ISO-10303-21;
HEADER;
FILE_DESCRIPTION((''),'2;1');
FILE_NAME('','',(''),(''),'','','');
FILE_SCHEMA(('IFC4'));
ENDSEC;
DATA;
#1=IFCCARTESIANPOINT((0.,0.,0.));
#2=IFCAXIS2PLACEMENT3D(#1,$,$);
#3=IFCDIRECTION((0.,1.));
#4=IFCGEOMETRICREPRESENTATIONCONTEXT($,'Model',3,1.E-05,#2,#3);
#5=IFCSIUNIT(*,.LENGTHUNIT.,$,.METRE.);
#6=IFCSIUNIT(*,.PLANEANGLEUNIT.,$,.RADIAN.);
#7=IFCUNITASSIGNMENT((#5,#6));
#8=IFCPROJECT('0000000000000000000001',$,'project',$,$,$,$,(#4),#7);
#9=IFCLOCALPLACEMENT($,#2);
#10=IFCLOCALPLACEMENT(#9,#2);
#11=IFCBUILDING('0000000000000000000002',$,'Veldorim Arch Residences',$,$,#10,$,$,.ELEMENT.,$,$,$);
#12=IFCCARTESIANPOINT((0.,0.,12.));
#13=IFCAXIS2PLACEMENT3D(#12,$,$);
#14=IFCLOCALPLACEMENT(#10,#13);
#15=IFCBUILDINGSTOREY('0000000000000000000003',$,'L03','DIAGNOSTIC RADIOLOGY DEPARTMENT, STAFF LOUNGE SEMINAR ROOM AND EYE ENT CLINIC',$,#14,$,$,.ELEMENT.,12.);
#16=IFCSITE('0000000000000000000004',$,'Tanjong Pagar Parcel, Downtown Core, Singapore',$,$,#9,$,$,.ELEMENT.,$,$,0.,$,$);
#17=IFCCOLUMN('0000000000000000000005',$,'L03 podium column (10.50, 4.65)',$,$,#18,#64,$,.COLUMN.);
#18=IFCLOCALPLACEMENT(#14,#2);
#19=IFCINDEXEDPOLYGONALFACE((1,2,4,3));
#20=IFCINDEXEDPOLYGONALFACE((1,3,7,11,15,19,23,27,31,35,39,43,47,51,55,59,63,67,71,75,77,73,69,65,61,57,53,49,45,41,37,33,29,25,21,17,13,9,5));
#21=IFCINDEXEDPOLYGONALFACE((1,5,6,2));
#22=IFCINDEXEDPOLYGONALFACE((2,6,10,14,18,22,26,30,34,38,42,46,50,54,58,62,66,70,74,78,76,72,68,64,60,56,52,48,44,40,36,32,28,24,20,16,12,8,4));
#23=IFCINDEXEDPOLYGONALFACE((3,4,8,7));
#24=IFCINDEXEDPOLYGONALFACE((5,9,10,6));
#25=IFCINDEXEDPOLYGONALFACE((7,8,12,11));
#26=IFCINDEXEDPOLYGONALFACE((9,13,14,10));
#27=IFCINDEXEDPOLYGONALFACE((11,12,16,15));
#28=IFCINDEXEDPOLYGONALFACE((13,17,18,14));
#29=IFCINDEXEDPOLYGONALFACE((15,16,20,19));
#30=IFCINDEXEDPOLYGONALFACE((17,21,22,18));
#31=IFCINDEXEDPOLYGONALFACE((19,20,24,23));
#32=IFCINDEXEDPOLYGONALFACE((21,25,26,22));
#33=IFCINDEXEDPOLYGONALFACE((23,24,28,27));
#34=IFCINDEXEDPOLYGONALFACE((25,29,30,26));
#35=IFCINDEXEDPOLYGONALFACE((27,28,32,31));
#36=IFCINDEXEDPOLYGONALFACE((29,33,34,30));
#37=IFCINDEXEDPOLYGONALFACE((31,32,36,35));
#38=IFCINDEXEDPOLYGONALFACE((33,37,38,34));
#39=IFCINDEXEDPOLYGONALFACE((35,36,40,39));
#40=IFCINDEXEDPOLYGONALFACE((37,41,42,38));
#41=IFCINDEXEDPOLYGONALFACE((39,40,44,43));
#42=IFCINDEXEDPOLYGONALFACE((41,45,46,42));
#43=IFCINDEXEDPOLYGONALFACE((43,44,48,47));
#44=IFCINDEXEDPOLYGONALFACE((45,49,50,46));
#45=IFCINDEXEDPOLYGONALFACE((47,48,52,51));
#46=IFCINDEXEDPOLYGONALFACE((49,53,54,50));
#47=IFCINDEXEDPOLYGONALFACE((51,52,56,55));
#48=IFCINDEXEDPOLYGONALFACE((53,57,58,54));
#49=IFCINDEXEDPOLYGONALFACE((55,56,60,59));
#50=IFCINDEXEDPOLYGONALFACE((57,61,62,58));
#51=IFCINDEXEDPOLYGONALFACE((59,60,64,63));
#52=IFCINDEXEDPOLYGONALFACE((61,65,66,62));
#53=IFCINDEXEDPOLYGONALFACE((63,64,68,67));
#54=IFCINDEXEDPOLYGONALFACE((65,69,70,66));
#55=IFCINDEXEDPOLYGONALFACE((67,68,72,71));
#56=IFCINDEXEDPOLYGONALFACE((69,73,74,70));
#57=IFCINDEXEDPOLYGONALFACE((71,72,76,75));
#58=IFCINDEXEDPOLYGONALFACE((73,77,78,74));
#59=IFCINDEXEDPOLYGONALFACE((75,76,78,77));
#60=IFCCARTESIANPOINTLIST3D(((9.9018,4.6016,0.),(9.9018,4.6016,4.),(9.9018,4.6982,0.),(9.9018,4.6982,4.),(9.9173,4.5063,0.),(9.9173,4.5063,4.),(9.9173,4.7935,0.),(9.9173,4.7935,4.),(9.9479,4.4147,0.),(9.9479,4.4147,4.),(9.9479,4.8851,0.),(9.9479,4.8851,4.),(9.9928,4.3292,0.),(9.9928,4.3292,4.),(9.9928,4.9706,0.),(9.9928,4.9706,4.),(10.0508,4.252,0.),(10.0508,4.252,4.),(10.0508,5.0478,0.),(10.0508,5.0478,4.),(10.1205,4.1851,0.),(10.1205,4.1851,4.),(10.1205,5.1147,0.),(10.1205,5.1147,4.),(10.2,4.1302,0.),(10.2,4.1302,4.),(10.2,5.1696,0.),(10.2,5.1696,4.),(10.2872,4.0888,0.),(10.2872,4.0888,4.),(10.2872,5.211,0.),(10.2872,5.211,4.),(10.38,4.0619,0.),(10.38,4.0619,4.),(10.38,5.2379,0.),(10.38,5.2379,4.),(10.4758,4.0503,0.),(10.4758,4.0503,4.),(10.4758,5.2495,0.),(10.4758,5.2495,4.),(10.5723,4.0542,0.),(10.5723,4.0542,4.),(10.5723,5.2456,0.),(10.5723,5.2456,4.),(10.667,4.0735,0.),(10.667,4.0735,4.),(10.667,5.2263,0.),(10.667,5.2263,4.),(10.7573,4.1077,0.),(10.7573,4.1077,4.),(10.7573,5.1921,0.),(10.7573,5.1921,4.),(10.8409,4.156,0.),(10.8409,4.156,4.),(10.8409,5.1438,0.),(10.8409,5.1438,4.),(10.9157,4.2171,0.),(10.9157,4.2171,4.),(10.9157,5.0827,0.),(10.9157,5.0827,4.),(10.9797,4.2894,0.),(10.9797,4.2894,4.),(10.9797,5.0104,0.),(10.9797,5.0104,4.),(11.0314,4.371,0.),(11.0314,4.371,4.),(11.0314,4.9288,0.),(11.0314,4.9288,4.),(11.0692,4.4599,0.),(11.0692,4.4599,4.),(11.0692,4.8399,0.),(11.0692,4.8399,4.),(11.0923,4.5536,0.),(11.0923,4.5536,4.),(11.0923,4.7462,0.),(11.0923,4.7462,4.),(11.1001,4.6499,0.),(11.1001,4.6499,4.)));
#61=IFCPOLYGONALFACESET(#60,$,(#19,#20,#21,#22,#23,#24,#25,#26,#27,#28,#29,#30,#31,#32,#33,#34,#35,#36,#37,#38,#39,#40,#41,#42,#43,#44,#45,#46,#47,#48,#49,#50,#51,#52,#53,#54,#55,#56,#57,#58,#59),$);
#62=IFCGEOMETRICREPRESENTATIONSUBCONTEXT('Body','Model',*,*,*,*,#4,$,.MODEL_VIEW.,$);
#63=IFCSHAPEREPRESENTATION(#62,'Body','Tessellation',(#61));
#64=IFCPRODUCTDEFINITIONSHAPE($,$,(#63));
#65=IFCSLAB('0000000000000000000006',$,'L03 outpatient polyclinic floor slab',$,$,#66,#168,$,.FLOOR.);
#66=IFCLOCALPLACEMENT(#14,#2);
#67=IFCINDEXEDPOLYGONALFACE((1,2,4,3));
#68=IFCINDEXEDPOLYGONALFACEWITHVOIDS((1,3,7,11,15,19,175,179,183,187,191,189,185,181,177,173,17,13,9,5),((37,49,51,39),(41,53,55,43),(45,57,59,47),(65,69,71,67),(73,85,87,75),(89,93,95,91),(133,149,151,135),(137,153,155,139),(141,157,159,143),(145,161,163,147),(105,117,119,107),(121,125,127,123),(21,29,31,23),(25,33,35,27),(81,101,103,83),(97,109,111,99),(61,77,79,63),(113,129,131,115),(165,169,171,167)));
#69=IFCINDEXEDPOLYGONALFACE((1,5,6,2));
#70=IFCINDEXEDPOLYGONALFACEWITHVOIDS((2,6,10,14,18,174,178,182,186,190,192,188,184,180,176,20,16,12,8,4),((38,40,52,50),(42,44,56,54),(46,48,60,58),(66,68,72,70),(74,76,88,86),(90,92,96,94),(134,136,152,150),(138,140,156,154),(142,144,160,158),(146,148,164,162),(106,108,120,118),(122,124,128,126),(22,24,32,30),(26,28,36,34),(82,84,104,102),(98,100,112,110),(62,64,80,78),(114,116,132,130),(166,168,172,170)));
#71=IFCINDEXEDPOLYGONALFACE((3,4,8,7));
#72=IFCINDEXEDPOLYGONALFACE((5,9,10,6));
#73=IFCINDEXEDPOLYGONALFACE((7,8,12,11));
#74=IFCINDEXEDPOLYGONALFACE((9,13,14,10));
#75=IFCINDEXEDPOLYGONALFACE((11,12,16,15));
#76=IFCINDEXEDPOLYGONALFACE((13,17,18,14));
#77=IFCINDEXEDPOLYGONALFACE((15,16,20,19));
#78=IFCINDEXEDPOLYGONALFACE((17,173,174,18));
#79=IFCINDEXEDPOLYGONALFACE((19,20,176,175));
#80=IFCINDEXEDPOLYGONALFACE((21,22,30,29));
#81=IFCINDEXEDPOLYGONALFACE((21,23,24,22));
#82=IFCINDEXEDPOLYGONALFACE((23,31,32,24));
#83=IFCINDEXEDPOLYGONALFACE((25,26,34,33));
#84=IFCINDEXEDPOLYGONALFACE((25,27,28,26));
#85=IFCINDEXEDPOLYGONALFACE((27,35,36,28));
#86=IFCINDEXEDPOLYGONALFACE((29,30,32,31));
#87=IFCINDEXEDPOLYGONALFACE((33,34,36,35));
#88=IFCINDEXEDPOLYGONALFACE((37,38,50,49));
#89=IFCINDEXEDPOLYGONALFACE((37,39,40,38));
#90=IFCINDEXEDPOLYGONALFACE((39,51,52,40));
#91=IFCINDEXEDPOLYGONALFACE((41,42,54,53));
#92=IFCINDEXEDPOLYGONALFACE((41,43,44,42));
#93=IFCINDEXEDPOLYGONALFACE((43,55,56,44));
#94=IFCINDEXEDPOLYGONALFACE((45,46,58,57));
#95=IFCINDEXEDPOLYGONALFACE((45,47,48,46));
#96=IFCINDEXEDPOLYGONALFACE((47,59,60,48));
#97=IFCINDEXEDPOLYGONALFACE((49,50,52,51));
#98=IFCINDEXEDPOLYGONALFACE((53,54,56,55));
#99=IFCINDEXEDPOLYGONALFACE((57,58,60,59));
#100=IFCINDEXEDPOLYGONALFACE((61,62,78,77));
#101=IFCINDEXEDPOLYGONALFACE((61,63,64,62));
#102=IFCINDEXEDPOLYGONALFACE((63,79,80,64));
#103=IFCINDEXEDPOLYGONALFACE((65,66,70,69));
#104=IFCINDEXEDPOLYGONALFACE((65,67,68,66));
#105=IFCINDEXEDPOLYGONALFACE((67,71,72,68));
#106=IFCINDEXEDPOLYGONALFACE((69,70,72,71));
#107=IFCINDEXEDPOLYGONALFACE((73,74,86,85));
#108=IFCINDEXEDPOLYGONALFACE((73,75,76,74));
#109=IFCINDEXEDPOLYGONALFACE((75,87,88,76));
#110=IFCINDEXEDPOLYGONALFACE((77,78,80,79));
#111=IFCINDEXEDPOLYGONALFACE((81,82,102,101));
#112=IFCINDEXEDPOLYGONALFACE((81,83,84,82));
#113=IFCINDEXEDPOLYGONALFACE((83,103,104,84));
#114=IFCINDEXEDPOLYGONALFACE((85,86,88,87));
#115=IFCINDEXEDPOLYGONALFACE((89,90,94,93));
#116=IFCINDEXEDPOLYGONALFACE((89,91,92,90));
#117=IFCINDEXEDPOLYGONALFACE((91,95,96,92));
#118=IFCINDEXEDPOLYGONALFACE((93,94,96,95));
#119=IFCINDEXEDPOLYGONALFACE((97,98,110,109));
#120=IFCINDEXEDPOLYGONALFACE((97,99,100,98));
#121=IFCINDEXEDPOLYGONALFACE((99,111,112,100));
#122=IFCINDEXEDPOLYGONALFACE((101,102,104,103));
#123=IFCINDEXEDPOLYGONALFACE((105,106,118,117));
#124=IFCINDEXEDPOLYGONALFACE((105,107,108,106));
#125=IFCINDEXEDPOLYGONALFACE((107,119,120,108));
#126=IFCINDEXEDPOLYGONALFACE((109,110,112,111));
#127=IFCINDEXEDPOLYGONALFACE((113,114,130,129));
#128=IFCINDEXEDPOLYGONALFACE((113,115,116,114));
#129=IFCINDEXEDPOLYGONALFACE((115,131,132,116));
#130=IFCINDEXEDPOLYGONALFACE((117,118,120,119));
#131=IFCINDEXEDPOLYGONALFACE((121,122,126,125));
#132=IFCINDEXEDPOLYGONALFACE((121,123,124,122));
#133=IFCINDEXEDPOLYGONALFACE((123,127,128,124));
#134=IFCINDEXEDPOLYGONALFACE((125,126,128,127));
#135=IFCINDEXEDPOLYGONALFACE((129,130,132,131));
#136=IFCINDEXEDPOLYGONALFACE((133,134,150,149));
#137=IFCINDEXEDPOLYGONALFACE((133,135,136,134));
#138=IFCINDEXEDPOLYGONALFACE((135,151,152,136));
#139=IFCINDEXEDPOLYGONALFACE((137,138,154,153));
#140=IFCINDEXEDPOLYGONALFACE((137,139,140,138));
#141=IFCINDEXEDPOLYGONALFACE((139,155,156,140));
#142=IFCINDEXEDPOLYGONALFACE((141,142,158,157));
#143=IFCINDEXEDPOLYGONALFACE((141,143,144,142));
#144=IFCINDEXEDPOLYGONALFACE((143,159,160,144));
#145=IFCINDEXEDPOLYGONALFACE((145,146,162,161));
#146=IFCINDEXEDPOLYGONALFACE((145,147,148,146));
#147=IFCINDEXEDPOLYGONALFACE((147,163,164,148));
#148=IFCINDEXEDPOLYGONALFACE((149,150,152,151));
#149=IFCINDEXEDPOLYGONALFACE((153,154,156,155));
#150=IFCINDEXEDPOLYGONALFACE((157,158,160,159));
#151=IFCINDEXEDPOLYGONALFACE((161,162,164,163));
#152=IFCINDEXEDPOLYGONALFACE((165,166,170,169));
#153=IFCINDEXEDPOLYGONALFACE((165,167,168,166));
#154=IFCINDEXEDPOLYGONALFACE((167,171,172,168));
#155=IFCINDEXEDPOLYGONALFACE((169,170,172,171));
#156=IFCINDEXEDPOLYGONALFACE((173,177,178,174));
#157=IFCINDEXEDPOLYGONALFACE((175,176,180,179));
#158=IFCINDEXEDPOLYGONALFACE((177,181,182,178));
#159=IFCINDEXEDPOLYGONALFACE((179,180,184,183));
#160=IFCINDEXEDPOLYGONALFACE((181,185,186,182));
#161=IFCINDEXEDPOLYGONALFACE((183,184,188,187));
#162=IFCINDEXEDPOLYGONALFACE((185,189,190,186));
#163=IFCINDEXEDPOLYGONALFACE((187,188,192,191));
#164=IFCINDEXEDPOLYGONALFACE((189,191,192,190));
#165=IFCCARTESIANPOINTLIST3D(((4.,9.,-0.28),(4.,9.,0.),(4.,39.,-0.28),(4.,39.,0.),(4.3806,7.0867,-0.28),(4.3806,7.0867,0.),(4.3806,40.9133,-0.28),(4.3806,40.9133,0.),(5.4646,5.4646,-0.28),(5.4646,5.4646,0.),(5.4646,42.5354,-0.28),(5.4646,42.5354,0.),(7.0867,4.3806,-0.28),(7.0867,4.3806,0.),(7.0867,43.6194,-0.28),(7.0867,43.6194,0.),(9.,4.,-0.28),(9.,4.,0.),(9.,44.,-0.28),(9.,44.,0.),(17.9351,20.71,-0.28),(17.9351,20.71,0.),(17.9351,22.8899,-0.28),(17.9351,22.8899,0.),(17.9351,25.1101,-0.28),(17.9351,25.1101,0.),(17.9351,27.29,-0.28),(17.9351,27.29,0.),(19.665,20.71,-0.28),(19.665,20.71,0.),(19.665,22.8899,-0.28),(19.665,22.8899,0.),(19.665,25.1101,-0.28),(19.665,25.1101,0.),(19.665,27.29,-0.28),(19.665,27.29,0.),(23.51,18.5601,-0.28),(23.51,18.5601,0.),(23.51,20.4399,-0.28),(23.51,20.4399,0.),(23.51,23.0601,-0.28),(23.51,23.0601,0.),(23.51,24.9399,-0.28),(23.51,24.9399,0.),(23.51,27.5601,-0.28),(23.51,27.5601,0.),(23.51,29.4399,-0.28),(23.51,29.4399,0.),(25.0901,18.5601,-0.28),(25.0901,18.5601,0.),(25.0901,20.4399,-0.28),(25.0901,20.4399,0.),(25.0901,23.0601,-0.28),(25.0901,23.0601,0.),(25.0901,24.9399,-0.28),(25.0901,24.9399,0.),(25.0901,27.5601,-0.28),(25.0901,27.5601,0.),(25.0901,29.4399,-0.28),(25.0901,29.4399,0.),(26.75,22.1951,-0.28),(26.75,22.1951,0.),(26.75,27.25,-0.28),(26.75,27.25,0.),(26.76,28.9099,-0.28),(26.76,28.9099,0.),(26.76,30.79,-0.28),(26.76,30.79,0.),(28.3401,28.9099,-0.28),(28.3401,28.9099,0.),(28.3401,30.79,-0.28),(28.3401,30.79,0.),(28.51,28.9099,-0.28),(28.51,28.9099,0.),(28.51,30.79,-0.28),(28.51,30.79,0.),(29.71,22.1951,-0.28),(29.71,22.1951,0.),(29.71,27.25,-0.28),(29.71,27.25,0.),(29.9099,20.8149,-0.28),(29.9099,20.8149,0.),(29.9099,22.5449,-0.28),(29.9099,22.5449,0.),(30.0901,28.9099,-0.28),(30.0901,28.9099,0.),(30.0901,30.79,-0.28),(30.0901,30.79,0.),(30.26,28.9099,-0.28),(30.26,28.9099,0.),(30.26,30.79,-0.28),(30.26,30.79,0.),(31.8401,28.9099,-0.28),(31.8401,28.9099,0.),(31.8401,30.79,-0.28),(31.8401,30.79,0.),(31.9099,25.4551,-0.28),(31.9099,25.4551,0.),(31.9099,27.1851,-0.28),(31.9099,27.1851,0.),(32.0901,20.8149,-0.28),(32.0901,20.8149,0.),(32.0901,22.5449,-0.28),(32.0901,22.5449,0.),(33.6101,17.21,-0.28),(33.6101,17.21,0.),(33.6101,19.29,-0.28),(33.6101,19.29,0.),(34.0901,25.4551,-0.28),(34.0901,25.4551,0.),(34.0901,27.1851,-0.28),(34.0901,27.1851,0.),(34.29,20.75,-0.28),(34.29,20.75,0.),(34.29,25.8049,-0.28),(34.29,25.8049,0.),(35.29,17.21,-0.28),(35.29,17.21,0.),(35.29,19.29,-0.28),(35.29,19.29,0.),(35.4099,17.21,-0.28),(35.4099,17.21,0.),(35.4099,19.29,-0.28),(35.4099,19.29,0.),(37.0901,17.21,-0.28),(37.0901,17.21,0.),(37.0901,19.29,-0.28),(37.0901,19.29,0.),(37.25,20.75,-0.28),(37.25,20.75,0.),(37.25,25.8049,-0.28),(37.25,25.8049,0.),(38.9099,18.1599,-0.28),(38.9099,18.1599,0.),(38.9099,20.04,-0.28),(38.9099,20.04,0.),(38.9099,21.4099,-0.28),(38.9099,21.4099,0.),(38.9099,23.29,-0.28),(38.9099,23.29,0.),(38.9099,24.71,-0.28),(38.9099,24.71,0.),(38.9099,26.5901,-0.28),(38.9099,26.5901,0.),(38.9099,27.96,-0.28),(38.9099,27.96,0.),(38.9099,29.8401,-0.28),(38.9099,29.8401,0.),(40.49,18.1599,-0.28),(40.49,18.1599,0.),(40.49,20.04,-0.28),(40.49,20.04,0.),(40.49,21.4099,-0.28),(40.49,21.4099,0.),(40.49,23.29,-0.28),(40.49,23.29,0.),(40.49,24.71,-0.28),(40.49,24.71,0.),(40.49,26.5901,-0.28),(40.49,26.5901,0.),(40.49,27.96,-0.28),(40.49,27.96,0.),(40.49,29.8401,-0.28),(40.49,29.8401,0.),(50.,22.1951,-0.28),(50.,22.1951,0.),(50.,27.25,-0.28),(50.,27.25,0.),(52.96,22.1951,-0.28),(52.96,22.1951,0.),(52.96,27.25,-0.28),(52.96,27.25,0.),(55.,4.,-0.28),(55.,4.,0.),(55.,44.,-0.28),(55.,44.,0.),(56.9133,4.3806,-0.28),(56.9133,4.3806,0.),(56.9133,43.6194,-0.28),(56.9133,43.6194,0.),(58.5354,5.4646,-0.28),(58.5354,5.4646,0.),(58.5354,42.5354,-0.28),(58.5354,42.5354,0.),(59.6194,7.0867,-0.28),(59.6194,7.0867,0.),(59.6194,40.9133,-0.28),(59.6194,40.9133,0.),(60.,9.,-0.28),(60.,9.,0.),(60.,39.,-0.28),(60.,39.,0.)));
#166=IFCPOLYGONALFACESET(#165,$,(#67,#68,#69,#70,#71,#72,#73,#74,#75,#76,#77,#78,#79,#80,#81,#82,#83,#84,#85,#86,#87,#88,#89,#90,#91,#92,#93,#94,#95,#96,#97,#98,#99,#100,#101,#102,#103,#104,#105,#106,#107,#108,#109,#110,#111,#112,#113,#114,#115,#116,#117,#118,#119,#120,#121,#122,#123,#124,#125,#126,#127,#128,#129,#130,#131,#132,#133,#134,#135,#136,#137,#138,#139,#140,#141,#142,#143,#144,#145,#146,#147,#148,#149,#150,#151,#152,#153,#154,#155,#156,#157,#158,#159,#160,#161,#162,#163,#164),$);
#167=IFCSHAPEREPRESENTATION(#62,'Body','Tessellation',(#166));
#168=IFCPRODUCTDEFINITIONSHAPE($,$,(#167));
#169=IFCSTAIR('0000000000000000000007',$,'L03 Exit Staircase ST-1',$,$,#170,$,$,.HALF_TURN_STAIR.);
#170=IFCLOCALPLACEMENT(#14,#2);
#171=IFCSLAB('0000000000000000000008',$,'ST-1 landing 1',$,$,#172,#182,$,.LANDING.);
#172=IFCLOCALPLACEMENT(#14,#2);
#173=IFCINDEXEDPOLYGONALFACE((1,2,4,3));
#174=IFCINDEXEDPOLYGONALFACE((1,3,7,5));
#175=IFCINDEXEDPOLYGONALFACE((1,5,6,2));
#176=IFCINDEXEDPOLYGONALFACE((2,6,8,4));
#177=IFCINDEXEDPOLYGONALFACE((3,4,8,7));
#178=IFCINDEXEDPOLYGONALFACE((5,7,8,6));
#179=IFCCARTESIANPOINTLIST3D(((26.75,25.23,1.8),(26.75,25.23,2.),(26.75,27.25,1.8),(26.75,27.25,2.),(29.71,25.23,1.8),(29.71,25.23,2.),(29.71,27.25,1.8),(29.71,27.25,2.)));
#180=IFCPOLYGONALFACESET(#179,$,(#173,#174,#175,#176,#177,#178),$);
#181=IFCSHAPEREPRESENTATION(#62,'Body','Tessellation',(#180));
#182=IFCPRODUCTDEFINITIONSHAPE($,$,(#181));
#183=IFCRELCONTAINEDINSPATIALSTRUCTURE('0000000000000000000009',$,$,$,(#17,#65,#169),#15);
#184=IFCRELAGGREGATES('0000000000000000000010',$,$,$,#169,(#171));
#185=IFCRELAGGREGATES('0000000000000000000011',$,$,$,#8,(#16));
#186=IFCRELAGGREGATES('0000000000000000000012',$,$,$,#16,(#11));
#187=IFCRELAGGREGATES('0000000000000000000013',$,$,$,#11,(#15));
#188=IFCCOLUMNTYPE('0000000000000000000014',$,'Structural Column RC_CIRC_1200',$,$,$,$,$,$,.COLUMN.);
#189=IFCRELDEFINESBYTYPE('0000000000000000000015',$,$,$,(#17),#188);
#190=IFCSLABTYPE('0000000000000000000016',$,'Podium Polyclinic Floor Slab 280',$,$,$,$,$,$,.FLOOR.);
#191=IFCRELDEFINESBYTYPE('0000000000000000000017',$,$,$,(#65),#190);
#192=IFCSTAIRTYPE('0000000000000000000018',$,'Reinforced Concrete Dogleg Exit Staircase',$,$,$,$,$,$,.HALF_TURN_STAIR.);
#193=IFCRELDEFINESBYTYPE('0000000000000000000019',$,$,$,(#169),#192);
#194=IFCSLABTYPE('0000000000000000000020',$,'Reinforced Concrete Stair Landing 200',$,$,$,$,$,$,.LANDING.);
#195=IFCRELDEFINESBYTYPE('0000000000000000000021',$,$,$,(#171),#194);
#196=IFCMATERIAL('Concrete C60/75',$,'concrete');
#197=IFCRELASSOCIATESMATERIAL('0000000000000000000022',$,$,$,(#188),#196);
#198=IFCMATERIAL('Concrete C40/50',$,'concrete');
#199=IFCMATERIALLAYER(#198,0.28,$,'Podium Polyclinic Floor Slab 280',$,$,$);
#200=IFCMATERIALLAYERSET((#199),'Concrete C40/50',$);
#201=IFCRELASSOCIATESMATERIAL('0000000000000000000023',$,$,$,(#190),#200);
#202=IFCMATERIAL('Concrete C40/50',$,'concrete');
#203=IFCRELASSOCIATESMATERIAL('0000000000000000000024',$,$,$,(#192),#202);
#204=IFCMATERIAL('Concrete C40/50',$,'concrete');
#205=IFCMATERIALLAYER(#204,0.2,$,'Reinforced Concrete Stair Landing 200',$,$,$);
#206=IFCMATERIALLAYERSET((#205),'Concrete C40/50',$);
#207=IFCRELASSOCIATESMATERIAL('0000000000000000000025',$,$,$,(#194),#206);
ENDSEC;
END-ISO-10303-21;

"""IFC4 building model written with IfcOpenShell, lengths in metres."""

from ifc_helpers import new_model, si_unit, direction, frame, origin, origin_2d, place, context, subcontext, project, spatial, polyline, circle, outline, extrude, material, layer, layer_set, material_profile, profile_set, type_object, element, aggregate, save


model = new_model("IFC4")

# Units and contexts
model_context = context("Model", 3, precision=1e-05, world=origin(), true_north=direction((0.0, 1.0)))
body_context = subcontext(model_context, "Body", "Model", "MODEL_VIEW")
ifc_project = project(units=[si_unit("LENGTHUNIT", "METRE"), si_unit("PLANEANGLEUNIT", "RADIAN")], contexts=[model_context])

# Site, building, storey
site_placement = place(None, origin())
site = spatial("IfcSite", under=ifc_project, at=site_placement, Name="Tanjong Pagar Parcel, Downtown Core, Singapore", CompositionType="ELEMENT", RefElevation=0.0)
building_placement = place(site_placement, origin())
building = spatial("IfcBuilding", under=site, at=building_placement, Name="Veldorim Arch Residences", CompositionType="ELEMENT")
storey_placement = place(building_placement, frame((0.0, 0.0, 12.0)))
storey = spatial("IfcBuildingStorey", under=building, at=storey_placement, Name="L03", Description="DIAGNOSTIC RADIOLOGY DEPARTMENT, STAFF LOUNGE SEMINAR ROOM AND EYE ENT CLINIC", CompositionType="ELEMENT", Elevation=12.0)

# Column
ifc_material_1 = material(Name="Concrete C60/75", Category="concrete")
ifc_material_profile = material_profile(ifc_material_1, circle(Radius=0.6001, at=origin_2d()), Name="RC_CIRC_1200")
ifc_profile_set = profile_set([ifc_material_profile], Name="Concrete C60/75")
column_type = type_object("IfcColumnType", Name="Structural Column RC_CIRC_1200", PredefinedType="COLUMN", material=ifc_profile_set)
column_placement = place(storey_placement, frame((10.5, 4.6499, 0.0), z_axis=(0.0, 0.0, 1.0), x_axis=(1.0, 0.0, 0.0)))
element("IfcColumn", 1, at=column_placement, inside=storey, type_object=column_type, Name="L03 podium column (10.50, 4.65)", PredefinedType="COLUMN", context=body_context, shape_type="SweptSolid", body=[
    extrude(circle(Radius=0.6001, at=origin_2d()), origin(), (0.0, 0.0, 1.0), 4.0),
])

# Slab
ifc_material_2 = material(Name="Concrete C40/50", Category="concrete")
ifc_layer_1 = layer(ifc_material_2, 0.28, Name="Podium Polyclinic Floor Slab 280")
ifc_layer_set_1 = layer_set([ifc_layer_1], Name="Concrete C40/50")
slab_type_1 = type_object("IfcSlabType", Name="Podium Polyclinic Floor Slab 280", PredefinedType="FLOOR", material=ifc_layer_set_1)
slab_1_placement = place(storey_placement, frame((0.0, 0.0, -0.28)))
element("IfcSlab", 2, at=slab_1_placement, inside=storey, type_object=slab_type_1, Name="L03 outpatient polyclinic floor slab", PredefinedType="FLOOR", context=body_context, shape_type="SweptSolid", body=[
    extrude(outline(polyline([(55.0, 4.0), (56.9133, 4.3806), (58.5354, 5.4646), (59.6194, 7.0867), (60.0, 9.0), (60.0, 39.0), (59.6194, 40.9133), (58.5354, 42.5354), (56.9133, 43.6194), (55.0, 44.0), (9.0, 44.0), (7.0867, 43.6194), (5.4646, 42.5354), (4.3806, 40.9133), (4.0, 39.0), (4.0, 9.0), (4.3806, 7.0867), (5.4646, 5.4646), (7.0867, 4.3806), (9.0, 4.0), (55.0, 4.0)]), holes=[polyline([(23.51, 20.4399), (25.0901, 20.4399), (25.0901, 18.5601), (23.51, 18.5601), (23.51, 20.4399)]), polyline([(29.9099, 22.5449), (32.0901, 22.5449), (32.0901, 20.8149), (29.9099, 20.8149), (29.9099, 22.5449)]), polyline([(17.9351, 22.8899), (19.665, 22.8899), (19.665, 20.71), (17.9351, 20.71), (17.9351, 22.8899)]), polyline([(23.51, 24.9399), (25.0901, 24.9399), (25.0901, 23.0601), (23.51, 23.0601), (23.51, 24.9399)]), polyline([(26.75, 27.25), (29.71, 27.25), (29.71, 22.1951), (26.75, 22.1951), (26.75, 27.25)]), polyline([(17.9351, 27.29), (19.665, 27.29), (19.665, 25.1101), (17.9351, 25.1101), (17.9351, 27.29)]), polyline([(23.51, 29.4399), (25.0901, 29.4399), (25.0901, 27.5601), (23.51, 27.5601), (23.51, 29.4399)]), polyline([(28.3401, 30.79), (28.3401, 28.9099), (26.76, 28.9099), (26.76, 30.79), (28.3401, 30.79)]), polyline([(30.0901, 30.79), (30.0901, 28.9099), (28.51, 28.9099), (28.51, 30.79), (30.0901, 30.79)]), polyline([(30.26, 30.79), (31.8401, 30.79), (31.8401, 28.9099), (30.26, 28.9099), (30.26, 30.79)]), polyline([(33.6101, 19.29), (35.29, 19.29), (35.29, 17.21), (33.6101, 17.21), (33.6101, 19.29)]), polyline([(35.4099, 19.29), (37.0901, 19.29), (37.0901, 17.21), (35.4099, 17.21), (35.4099, 19.29)]), polyline([(40.49, 20.04), (40.49, 18.1599), (38.9099, 18.1599), (38.9099, 20.04), (40.49, 20.04)]), polyline([(40.49, 23.29), (40.49, 21.4099), (38.9099, 21.4099), (38.9099, 23.29), (40.49, 23.29)]), polyline([(34.29, 25.8049), (37.25, 25.8049), (37.25, 20.75), (34.29, 20.75), (34.29, 25.8049)]), polyline([(50.0, 27.25), (52.96, 27.25), (52.96, 22.1951), (50.0, 22.1951), (50.0, 27.25)]), polyline([(38.9099, 26.5901), (40.49, 26.5901), (40.49, 24.71), (38.9099, 24.71), (38.9099, 26.5901)]), polyline([(34.0901, 27.1851), (34.0901, 25.4551), (31.9099, 25.4551), (31.9099, 27.1851), (34.0901, 27.1851)]), polyline([(40.49, 29.8401), (40.49, 27.96), (38.9099, 27.96), (38.9099, 29.8401), (40.49, 29.8401)])]), origin(), (0.0, 0.0, 1.0), 0.28),
])

# Stair, slab
ifc_material_3 = material(Name="Concrete C40/50", Category="concrete")
stair_type = type_object("IfcStairType", Name="Reinforced Concrete Dogleg Exit Staircase", PredefinedType="HALF_TURN_STAIR", material=ifc_material_3)
stair_1_placement = place(storey_placement, origin())
stair_1 = element("IfcStair", 3, at=stair_1_placement, inside=storey, type_object=stair_type, Name="L03 Exit Staircase ST-1", PredefinedType="HALF_TURN_STAIR")
ifc_material_4 = material(Name="Concrete C40/50", Category="concrete")
ifc_layer_2 = layer(ifc_material_4, 0.2, Name="Reinforced Concrete Stair Landing 200")
ifc_layer_set_2 = layer_set([ifc_layer_2], Name="Concrete C40/50")
slab_type_2 = type_object("IfcSlabType", Name="Reinforced Concrete Stair Landing 200", PredefinedType="LANDING", material=ifc_layer_set_2)
slab_2_placement = place(storey_placement, frame((0.0, 0.0, 1.8)))
slab_2 = element("IfcSlab", 4, at=slab_2_placement, type_object=slab_type_2, Name="ST-1 landing 1", PredefinedType="LANDING", context=body_context, shape_type="SweptSolid", body=[
    extrude(outline(polyline([(29.71, 25.23), (29.71, 27.25), (26.75, 27.25), (26.75, 25.23), (29.71, 25.23)])), origin(), (0.0, 0.0, 1.0), 0.2),
])
aggregate(stair_1, [slab_2])

save(model, "model.ifc")
